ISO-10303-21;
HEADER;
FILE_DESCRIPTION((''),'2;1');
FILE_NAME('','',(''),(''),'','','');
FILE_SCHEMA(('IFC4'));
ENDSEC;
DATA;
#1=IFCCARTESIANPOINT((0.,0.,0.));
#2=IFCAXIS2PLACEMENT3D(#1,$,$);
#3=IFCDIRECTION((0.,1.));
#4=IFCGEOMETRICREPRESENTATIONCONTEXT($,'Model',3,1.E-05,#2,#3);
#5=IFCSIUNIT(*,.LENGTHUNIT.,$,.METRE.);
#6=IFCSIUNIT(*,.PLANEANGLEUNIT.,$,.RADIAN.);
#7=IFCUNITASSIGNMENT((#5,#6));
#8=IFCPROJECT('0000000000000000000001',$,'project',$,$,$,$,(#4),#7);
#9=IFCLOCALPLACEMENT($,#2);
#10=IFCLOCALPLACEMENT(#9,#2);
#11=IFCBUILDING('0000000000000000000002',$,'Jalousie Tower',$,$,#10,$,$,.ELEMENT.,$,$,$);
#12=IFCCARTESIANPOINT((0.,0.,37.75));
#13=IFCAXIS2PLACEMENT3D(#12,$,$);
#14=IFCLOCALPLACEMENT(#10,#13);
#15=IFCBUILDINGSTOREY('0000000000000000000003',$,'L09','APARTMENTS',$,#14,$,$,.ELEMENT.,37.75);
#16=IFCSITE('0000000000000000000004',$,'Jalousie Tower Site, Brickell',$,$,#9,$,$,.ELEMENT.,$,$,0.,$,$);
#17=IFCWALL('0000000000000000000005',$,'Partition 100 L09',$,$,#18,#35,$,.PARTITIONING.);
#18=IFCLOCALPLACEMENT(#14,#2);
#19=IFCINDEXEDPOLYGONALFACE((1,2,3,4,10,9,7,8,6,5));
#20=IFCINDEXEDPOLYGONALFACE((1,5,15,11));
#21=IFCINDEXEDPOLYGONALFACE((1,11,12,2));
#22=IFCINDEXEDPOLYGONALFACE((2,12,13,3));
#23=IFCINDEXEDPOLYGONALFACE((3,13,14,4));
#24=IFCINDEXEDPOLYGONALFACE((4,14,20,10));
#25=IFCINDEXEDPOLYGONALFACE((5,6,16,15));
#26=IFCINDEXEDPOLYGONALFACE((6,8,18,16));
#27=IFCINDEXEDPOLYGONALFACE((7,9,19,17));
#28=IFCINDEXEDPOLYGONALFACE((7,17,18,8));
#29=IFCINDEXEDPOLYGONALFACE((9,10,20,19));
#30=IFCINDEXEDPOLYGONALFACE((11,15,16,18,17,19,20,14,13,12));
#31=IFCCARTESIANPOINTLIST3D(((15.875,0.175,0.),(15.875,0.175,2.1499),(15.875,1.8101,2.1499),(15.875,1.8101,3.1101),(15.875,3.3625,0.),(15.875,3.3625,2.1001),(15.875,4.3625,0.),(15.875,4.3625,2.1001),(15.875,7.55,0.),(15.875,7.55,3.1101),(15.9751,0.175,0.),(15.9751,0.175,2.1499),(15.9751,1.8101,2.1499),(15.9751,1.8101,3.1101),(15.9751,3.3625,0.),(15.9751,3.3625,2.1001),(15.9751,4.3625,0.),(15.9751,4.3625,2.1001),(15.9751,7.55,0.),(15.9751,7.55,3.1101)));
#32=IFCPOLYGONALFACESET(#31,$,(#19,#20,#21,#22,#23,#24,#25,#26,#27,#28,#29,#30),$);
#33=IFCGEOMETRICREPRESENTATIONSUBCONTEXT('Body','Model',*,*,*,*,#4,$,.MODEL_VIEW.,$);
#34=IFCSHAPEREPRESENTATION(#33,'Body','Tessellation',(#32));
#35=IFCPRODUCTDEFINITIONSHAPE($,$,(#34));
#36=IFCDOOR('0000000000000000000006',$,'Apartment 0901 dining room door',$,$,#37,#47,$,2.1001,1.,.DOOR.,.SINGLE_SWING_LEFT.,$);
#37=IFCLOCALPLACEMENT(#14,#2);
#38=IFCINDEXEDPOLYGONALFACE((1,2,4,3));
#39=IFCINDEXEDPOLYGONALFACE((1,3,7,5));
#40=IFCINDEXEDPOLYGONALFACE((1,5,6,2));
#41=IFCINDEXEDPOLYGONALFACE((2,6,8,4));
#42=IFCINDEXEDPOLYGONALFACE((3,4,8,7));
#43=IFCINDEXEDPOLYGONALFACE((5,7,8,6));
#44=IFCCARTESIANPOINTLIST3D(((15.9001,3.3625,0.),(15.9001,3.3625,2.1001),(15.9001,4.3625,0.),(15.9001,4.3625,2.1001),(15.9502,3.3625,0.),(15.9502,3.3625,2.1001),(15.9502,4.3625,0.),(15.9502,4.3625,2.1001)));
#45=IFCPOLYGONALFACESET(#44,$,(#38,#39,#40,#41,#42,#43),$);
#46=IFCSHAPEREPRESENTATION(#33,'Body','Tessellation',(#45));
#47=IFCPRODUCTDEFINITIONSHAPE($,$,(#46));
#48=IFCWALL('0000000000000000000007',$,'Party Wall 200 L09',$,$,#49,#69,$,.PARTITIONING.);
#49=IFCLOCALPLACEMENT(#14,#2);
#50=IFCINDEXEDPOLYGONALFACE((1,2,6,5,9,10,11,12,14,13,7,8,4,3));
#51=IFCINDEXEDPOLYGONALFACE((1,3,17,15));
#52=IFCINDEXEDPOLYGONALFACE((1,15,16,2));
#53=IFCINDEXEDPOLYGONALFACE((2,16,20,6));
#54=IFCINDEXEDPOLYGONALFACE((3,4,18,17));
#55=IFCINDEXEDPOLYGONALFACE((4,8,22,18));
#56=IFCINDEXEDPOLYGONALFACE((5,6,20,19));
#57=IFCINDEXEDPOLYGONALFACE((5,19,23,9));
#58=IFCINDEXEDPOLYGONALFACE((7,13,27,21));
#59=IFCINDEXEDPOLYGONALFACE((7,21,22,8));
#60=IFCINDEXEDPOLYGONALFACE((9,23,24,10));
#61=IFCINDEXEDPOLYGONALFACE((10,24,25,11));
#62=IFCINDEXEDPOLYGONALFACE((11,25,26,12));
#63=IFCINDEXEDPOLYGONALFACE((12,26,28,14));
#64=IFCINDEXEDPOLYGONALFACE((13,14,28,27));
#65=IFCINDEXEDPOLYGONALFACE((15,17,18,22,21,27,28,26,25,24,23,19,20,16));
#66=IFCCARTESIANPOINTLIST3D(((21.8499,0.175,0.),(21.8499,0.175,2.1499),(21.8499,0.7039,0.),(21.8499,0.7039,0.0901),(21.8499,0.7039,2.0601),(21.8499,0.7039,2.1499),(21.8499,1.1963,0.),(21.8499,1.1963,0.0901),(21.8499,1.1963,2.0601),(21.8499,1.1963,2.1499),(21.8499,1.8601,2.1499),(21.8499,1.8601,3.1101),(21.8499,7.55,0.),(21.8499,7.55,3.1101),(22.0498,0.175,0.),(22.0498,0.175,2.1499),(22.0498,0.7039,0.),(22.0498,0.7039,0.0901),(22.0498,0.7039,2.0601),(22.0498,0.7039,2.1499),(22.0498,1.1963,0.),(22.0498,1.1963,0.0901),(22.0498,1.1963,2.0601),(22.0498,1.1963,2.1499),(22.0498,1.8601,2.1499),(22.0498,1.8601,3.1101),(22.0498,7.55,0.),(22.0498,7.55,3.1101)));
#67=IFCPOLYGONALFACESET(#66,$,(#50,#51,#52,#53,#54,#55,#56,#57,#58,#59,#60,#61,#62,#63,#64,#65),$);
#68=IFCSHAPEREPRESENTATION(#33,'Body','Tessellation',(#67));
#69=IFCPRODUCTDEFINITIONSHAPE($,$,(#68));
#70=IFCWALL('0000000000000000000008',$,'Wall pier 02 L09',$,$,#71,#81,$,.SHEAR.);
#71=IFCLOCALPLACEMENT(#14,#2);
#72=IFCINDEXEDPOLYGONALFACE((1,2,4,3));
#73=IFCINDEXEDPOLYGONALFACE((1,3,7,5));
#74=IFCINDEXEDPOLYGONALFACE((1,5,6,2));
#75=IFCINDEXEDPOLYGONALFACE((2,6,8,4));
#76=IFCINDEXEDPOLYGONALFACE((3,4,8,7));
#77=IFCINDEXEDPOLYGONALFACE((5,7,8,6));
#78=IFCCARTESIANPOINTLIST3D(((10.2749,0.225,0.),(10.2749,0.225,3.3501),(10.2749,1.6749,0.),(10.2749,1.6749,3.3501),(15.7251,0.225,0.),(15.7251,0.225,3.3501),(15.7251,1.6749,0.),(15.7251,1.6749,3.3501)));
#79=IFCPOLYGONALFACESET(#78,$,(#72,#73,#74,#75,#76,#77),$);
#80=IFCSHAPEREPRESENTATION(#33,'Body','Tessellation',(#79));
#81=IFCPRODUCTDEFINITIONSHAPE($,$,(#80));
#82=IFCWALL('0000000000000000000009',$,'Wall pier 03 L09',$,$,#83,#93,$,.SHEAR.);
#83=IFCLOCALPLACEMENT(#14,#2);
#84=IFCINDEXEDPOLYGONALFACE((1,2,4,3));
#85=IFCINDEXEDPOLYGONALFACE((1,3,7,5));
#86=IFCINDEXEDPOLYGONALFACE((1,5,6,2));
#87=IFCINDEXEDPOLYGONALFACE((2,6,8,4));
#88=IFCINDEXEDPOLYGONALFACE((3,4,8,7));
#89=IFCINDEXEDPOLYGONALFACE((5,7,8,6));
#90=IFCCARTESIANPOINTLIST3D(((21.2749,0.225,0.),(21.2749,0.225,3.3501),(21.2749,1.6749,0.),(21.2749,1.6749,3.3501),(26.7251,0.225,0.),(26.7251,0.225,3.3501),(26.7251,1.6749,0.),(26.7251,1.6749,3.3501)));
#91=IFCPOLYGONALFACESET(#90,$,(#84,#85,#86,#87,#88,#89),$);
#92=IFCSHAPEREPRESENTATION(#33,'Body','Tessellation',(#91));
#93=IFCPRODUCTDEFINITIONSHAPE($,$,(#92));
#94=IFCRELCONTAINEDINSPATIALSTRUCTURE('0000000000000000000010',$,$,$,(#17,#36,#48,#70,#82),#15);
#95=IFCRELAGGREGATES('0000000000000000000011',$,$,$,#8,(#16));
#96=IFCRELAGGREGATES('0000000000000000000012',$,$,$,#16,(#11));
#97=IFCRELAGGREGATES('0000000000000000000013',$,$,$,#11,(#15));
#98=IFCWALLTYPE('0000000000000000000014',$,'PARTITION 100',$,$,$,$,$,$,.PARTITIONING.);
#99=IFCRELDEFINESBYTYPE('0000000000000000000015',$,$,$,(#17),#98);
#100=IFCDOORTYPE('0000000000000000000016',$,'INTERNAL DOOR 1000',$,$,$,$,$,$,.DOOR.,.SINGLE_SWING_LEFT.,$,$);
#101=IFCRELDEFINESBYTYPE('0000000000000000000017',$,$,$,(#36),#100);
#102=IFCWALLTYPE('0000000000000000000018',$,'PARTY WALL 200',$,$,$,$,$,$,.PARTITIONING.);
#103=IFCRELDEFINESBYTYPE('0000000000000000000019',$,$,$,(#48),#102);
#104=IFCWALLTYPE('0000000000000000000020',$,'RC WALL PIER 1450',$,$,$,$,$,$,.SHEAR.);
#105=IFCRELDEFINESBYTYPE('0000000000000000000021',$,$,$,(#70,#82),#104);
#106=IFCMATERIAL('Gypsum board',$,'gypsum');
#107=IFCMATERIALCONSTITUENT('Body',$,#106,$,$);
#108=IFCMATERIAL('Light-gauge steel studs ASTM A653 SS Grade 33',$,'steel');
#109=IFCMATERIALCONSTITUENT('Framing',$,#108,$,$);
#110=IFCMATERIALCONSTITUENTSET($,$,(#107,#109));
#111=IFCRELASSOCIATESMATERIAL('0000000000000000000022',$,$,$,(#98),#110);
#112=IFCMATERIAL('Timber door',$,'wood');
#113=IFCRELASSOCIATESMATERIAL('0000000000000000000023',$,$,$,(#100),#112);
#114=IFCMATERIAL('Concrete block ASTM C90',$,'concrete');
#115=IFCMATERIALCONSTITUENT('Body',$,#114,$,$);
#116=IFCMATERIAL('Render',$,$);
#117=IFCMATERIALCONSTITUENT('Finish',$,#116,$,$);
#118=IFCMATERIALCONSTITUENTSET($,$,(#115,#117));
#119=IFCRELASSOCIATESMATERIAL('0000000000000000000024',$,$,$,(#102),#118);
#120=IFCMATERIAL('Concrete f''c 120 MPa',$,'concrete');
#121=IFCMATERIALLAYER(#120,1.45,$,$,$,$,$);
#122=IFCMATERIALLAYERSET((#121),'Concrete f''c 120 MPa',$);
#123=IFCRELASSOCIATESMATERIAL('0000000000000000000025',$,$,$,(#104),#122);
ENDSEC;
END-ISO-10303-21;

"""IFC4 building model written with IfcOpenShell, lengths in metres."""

from ifc_helpers import new_model, si_unit, direction, frame, frame_2d, origin, place, context, subcontext, project, spatial, polyline, rectangle, outline, extrude, material, layer, layer_set, constituent, constituent_set, type_object, element, fill, save


model = new_model("IFC4")

# Units and contexts
model_context = context("Model", 3, precision=1e-05, world=origin(), true_north=direction((0.0, 1.0)))
body_context = subcontext(model_context, "Body", "Model", "MODEL_VIEW")
ifc_project = project(units=[si_unit("LENGTHUNIT", "METRE"), si_unit("PLANEANGLEUNIT", "RADIAN")], contexts=[model_context])

# Site, building, storey
site_placement = place(None, origin())
site = spatial("IfcSite", under=ifc_project, at=site_placement, Name="Jalousie Tower Site, Brickell", CompositionType="ELEMENT", RefElevation=0.0)
building_placement = place(site_placement, origin())
building = spatial("IfcBuilding", under=site, at=building_placement, Name="Jalousie Tower", CompositionType="ELEMENT")
storey_placement = place(building_placement, frame((0.0, 0.0, 37.75)))
storey = spatial("IfcBuildingStorey", under=building, at=storey_placement, Name="L09", Description="APARTMENTS", CompositionType="ELEMENT", Elevation=37.75)

# Wall, opening, door
ifc_material_1 = material(Name="Gypsum board", Category="gypsum")
ifc_constituent_1 = constituent(ifc_material_1, Name="Body")
ifc_material_2 = material(Name="Light-gauge steel studs ASTM A653 SS Grade 33", Category="steel")
ifc_constituent_2 = constituent(ifc_material_2, Name="Framing")
ifc_constituent_set_1 = constituent_set(constituents=[ifc_constituent_1, ifc_constituent_2])
wall_type_1 = type_object("IfcWallType", Name="PARTITION 100", PredefinedType="PARTITIONING", material=ifc_constituent_set_1)
wall_1_placement = place(storey_placement, frame((15.925, 0.175, 0.0), z_axis=(0.0, 0.0, 1.0), x_axis=(0.0, 1.0, 0.0)))
wall_1 = element("IfcWall", 1, at=wall_1_placement, inside=storey, type_object=wall_type_1, Name="Partition 100 L09", PredefinedType="PARTITIONING", context=body_context, shape_type="SweptSolid", body=[
    extrude(outline(polyline([(0.0, 0.0), (7.375, 0.0), (7.375, 3.1101), (1.635, 3.1101), (1.635, 2.1499), (0.0, 2.1499), (0.0, 3.1101), (0.0, 0.0)])), frame((0.0, 0.05, 0.0), z_axis=(0.0, -1.0, 0.0), x_axis=(1.0, 0.0, 0.0)), (0.0, 0.0, 1.0), 0.1001),
])
opening_placement = place(wall_1_placement, frame((3.1875, 0.0, 0.0)))
opening = element("IfcOpeningElement", 2, at=opening_placement, cuts=wall_1, PredefinedType="OPENING", context=body_context, shape_type="SweptSolid", body=[
    extrude(rectangle(XDim=1.0, YDim=2.1001, at=frame_2d((0.5, 1.05))), frame((0.0, 0.0601, 0.0), z_axis=(0.0, -1.0, 0.0), x_axis=(1.0, 0.0, 0.0)), (0.0, 0.0, 1.0), 0.1201),
])
ifc_material_3 = material(Name="Timber door", Category="wood")
door_type = type_object("IfcDoorType", Name="INTERNAL DOOR 1000", OperationType="SINGLE_SWING_LEFT", PredefinedType="DOOR", material=ifc_material_3)
door_placement = place(opening_placement, origin())
door = element("IfcDoor", 3, at=door_placement, inside=storey, type_object=door_type, Name="Apartment 0901 dining room door", OperationType="SINGLE_SWING_LEFT", OverallHeight=2.1001, OverallWidth=1.0, PredefinedType="DOOR", context=body_context, shape_type="SweptSolid", body=[
    extrude(rectangle(XDim=1.0, YDim=2.1001, at=frame_2d((0.5, 1.05))), frame((0.0, 0.0249, 0.0), z_axis=(0.0, -1.0, 0.0), x_axis=(1.0, 0.0, 0.0)), (0.0, 0.0, 1.0), 0.05),
])
fill(opening, door)

# Walls
ifc_material_4 = material(Name="Concrete block ASTM C90", Category="concrete")
ifc_constituent_3 = constituent(ifc_material_4, Name="Body")
ifc_material_5 = material(Name="Render")
ifc_constituent_4 = constituent(ifc_material_5, Name="Finish")
ifc_constituent_set_2 = constituent_set(constituents=[ifc_constituent_3, ifc_constituent_4])
wall_type_2 = type_object("IfcWallType", Name="PARTY WALL 200", PredefinedType="PARTITIONING", material=ifc_constituent_set_2)
wall_2_placement = place(storey_placement, frame((21.95, 0.175, 0.0), z_axis=(0.0, 0.0, 1.0), x_axis=(0.0, 1.0, 0.0)))
element("IfcWall", 4, at=wall_2_placement, inside=storey, type_object=wall_type_2, Name="Party Wall 200 L09", PredefinedType="PARTITIONING", context=body_context, shape_type="SweptSolid", body=[
    extrude(outline(polyline([(0.5288, 2.1499), (0.0, 2.1499), (0.0, 0.0), (0.5288, 0.0), (0.5288, 0.0901), (1.0212, 0.0901), (1.0212, 0.0), (7.375, 0.0), (7.375, 3.1101), (1.6851, 3.1101), (1.6851, 2.1499), (1.0212, 2.1499), (1.0212, 2.0601), (0.5288, 2.0601), (0.5288, 2.1499)])), frame((0.0, 0.1001, 0.0), z_axis=(0.0, -1.0, 0.0), x_axis=(1.0, 0.0, 0.0)), (0.0, 0.0, 1.0), 0.2),
])
ifc_material_6 = material(Name="Concrete f'c 120 MPa", Category="concrete")
ifc_layer_1 = layer(ifc_material_6, 1.45)
ifc_layer_set_1 = layer_set([ifc_layer_1], Name="Concrete f'c 120 MPa")
wall_type_3 = type_object("IfcWallType", Name="RC WALL PIER 1450", PredefinedType="SHEAR", material=ifc_layer_set_1)
for number, where, z_axis, x_axis, name in (
    (5, (10.2749, 0.95, 0.0), (0.0, 0.0, 1.0), (1.0, 0.0, 0.0), "Wall pier 02 L09"),
    (6, (21.2749, 0.95, 0.0), (0.0, 0.0, 1.0), (1.0, 0.0, 0.0), "Wall pier 03 L09"),
):
    element("IfcWall", number, at=place(storey_placement, frame(where, z_axis=z_axis, x_axis=x_axis)), inside=storey, type_object=wall_type_3, Name=name, PredefinedType="SHEAR", context=body_context, shape_type="SweptSolid", body=[
        extrude(rectangle(XDim=5.4502, YDim=1.45, at=frame_2d((2.7251, 0.0))), origin(), (0.0, 0.0, 1.0), 3.3501),
    ])

save(model, "model.ifc")
